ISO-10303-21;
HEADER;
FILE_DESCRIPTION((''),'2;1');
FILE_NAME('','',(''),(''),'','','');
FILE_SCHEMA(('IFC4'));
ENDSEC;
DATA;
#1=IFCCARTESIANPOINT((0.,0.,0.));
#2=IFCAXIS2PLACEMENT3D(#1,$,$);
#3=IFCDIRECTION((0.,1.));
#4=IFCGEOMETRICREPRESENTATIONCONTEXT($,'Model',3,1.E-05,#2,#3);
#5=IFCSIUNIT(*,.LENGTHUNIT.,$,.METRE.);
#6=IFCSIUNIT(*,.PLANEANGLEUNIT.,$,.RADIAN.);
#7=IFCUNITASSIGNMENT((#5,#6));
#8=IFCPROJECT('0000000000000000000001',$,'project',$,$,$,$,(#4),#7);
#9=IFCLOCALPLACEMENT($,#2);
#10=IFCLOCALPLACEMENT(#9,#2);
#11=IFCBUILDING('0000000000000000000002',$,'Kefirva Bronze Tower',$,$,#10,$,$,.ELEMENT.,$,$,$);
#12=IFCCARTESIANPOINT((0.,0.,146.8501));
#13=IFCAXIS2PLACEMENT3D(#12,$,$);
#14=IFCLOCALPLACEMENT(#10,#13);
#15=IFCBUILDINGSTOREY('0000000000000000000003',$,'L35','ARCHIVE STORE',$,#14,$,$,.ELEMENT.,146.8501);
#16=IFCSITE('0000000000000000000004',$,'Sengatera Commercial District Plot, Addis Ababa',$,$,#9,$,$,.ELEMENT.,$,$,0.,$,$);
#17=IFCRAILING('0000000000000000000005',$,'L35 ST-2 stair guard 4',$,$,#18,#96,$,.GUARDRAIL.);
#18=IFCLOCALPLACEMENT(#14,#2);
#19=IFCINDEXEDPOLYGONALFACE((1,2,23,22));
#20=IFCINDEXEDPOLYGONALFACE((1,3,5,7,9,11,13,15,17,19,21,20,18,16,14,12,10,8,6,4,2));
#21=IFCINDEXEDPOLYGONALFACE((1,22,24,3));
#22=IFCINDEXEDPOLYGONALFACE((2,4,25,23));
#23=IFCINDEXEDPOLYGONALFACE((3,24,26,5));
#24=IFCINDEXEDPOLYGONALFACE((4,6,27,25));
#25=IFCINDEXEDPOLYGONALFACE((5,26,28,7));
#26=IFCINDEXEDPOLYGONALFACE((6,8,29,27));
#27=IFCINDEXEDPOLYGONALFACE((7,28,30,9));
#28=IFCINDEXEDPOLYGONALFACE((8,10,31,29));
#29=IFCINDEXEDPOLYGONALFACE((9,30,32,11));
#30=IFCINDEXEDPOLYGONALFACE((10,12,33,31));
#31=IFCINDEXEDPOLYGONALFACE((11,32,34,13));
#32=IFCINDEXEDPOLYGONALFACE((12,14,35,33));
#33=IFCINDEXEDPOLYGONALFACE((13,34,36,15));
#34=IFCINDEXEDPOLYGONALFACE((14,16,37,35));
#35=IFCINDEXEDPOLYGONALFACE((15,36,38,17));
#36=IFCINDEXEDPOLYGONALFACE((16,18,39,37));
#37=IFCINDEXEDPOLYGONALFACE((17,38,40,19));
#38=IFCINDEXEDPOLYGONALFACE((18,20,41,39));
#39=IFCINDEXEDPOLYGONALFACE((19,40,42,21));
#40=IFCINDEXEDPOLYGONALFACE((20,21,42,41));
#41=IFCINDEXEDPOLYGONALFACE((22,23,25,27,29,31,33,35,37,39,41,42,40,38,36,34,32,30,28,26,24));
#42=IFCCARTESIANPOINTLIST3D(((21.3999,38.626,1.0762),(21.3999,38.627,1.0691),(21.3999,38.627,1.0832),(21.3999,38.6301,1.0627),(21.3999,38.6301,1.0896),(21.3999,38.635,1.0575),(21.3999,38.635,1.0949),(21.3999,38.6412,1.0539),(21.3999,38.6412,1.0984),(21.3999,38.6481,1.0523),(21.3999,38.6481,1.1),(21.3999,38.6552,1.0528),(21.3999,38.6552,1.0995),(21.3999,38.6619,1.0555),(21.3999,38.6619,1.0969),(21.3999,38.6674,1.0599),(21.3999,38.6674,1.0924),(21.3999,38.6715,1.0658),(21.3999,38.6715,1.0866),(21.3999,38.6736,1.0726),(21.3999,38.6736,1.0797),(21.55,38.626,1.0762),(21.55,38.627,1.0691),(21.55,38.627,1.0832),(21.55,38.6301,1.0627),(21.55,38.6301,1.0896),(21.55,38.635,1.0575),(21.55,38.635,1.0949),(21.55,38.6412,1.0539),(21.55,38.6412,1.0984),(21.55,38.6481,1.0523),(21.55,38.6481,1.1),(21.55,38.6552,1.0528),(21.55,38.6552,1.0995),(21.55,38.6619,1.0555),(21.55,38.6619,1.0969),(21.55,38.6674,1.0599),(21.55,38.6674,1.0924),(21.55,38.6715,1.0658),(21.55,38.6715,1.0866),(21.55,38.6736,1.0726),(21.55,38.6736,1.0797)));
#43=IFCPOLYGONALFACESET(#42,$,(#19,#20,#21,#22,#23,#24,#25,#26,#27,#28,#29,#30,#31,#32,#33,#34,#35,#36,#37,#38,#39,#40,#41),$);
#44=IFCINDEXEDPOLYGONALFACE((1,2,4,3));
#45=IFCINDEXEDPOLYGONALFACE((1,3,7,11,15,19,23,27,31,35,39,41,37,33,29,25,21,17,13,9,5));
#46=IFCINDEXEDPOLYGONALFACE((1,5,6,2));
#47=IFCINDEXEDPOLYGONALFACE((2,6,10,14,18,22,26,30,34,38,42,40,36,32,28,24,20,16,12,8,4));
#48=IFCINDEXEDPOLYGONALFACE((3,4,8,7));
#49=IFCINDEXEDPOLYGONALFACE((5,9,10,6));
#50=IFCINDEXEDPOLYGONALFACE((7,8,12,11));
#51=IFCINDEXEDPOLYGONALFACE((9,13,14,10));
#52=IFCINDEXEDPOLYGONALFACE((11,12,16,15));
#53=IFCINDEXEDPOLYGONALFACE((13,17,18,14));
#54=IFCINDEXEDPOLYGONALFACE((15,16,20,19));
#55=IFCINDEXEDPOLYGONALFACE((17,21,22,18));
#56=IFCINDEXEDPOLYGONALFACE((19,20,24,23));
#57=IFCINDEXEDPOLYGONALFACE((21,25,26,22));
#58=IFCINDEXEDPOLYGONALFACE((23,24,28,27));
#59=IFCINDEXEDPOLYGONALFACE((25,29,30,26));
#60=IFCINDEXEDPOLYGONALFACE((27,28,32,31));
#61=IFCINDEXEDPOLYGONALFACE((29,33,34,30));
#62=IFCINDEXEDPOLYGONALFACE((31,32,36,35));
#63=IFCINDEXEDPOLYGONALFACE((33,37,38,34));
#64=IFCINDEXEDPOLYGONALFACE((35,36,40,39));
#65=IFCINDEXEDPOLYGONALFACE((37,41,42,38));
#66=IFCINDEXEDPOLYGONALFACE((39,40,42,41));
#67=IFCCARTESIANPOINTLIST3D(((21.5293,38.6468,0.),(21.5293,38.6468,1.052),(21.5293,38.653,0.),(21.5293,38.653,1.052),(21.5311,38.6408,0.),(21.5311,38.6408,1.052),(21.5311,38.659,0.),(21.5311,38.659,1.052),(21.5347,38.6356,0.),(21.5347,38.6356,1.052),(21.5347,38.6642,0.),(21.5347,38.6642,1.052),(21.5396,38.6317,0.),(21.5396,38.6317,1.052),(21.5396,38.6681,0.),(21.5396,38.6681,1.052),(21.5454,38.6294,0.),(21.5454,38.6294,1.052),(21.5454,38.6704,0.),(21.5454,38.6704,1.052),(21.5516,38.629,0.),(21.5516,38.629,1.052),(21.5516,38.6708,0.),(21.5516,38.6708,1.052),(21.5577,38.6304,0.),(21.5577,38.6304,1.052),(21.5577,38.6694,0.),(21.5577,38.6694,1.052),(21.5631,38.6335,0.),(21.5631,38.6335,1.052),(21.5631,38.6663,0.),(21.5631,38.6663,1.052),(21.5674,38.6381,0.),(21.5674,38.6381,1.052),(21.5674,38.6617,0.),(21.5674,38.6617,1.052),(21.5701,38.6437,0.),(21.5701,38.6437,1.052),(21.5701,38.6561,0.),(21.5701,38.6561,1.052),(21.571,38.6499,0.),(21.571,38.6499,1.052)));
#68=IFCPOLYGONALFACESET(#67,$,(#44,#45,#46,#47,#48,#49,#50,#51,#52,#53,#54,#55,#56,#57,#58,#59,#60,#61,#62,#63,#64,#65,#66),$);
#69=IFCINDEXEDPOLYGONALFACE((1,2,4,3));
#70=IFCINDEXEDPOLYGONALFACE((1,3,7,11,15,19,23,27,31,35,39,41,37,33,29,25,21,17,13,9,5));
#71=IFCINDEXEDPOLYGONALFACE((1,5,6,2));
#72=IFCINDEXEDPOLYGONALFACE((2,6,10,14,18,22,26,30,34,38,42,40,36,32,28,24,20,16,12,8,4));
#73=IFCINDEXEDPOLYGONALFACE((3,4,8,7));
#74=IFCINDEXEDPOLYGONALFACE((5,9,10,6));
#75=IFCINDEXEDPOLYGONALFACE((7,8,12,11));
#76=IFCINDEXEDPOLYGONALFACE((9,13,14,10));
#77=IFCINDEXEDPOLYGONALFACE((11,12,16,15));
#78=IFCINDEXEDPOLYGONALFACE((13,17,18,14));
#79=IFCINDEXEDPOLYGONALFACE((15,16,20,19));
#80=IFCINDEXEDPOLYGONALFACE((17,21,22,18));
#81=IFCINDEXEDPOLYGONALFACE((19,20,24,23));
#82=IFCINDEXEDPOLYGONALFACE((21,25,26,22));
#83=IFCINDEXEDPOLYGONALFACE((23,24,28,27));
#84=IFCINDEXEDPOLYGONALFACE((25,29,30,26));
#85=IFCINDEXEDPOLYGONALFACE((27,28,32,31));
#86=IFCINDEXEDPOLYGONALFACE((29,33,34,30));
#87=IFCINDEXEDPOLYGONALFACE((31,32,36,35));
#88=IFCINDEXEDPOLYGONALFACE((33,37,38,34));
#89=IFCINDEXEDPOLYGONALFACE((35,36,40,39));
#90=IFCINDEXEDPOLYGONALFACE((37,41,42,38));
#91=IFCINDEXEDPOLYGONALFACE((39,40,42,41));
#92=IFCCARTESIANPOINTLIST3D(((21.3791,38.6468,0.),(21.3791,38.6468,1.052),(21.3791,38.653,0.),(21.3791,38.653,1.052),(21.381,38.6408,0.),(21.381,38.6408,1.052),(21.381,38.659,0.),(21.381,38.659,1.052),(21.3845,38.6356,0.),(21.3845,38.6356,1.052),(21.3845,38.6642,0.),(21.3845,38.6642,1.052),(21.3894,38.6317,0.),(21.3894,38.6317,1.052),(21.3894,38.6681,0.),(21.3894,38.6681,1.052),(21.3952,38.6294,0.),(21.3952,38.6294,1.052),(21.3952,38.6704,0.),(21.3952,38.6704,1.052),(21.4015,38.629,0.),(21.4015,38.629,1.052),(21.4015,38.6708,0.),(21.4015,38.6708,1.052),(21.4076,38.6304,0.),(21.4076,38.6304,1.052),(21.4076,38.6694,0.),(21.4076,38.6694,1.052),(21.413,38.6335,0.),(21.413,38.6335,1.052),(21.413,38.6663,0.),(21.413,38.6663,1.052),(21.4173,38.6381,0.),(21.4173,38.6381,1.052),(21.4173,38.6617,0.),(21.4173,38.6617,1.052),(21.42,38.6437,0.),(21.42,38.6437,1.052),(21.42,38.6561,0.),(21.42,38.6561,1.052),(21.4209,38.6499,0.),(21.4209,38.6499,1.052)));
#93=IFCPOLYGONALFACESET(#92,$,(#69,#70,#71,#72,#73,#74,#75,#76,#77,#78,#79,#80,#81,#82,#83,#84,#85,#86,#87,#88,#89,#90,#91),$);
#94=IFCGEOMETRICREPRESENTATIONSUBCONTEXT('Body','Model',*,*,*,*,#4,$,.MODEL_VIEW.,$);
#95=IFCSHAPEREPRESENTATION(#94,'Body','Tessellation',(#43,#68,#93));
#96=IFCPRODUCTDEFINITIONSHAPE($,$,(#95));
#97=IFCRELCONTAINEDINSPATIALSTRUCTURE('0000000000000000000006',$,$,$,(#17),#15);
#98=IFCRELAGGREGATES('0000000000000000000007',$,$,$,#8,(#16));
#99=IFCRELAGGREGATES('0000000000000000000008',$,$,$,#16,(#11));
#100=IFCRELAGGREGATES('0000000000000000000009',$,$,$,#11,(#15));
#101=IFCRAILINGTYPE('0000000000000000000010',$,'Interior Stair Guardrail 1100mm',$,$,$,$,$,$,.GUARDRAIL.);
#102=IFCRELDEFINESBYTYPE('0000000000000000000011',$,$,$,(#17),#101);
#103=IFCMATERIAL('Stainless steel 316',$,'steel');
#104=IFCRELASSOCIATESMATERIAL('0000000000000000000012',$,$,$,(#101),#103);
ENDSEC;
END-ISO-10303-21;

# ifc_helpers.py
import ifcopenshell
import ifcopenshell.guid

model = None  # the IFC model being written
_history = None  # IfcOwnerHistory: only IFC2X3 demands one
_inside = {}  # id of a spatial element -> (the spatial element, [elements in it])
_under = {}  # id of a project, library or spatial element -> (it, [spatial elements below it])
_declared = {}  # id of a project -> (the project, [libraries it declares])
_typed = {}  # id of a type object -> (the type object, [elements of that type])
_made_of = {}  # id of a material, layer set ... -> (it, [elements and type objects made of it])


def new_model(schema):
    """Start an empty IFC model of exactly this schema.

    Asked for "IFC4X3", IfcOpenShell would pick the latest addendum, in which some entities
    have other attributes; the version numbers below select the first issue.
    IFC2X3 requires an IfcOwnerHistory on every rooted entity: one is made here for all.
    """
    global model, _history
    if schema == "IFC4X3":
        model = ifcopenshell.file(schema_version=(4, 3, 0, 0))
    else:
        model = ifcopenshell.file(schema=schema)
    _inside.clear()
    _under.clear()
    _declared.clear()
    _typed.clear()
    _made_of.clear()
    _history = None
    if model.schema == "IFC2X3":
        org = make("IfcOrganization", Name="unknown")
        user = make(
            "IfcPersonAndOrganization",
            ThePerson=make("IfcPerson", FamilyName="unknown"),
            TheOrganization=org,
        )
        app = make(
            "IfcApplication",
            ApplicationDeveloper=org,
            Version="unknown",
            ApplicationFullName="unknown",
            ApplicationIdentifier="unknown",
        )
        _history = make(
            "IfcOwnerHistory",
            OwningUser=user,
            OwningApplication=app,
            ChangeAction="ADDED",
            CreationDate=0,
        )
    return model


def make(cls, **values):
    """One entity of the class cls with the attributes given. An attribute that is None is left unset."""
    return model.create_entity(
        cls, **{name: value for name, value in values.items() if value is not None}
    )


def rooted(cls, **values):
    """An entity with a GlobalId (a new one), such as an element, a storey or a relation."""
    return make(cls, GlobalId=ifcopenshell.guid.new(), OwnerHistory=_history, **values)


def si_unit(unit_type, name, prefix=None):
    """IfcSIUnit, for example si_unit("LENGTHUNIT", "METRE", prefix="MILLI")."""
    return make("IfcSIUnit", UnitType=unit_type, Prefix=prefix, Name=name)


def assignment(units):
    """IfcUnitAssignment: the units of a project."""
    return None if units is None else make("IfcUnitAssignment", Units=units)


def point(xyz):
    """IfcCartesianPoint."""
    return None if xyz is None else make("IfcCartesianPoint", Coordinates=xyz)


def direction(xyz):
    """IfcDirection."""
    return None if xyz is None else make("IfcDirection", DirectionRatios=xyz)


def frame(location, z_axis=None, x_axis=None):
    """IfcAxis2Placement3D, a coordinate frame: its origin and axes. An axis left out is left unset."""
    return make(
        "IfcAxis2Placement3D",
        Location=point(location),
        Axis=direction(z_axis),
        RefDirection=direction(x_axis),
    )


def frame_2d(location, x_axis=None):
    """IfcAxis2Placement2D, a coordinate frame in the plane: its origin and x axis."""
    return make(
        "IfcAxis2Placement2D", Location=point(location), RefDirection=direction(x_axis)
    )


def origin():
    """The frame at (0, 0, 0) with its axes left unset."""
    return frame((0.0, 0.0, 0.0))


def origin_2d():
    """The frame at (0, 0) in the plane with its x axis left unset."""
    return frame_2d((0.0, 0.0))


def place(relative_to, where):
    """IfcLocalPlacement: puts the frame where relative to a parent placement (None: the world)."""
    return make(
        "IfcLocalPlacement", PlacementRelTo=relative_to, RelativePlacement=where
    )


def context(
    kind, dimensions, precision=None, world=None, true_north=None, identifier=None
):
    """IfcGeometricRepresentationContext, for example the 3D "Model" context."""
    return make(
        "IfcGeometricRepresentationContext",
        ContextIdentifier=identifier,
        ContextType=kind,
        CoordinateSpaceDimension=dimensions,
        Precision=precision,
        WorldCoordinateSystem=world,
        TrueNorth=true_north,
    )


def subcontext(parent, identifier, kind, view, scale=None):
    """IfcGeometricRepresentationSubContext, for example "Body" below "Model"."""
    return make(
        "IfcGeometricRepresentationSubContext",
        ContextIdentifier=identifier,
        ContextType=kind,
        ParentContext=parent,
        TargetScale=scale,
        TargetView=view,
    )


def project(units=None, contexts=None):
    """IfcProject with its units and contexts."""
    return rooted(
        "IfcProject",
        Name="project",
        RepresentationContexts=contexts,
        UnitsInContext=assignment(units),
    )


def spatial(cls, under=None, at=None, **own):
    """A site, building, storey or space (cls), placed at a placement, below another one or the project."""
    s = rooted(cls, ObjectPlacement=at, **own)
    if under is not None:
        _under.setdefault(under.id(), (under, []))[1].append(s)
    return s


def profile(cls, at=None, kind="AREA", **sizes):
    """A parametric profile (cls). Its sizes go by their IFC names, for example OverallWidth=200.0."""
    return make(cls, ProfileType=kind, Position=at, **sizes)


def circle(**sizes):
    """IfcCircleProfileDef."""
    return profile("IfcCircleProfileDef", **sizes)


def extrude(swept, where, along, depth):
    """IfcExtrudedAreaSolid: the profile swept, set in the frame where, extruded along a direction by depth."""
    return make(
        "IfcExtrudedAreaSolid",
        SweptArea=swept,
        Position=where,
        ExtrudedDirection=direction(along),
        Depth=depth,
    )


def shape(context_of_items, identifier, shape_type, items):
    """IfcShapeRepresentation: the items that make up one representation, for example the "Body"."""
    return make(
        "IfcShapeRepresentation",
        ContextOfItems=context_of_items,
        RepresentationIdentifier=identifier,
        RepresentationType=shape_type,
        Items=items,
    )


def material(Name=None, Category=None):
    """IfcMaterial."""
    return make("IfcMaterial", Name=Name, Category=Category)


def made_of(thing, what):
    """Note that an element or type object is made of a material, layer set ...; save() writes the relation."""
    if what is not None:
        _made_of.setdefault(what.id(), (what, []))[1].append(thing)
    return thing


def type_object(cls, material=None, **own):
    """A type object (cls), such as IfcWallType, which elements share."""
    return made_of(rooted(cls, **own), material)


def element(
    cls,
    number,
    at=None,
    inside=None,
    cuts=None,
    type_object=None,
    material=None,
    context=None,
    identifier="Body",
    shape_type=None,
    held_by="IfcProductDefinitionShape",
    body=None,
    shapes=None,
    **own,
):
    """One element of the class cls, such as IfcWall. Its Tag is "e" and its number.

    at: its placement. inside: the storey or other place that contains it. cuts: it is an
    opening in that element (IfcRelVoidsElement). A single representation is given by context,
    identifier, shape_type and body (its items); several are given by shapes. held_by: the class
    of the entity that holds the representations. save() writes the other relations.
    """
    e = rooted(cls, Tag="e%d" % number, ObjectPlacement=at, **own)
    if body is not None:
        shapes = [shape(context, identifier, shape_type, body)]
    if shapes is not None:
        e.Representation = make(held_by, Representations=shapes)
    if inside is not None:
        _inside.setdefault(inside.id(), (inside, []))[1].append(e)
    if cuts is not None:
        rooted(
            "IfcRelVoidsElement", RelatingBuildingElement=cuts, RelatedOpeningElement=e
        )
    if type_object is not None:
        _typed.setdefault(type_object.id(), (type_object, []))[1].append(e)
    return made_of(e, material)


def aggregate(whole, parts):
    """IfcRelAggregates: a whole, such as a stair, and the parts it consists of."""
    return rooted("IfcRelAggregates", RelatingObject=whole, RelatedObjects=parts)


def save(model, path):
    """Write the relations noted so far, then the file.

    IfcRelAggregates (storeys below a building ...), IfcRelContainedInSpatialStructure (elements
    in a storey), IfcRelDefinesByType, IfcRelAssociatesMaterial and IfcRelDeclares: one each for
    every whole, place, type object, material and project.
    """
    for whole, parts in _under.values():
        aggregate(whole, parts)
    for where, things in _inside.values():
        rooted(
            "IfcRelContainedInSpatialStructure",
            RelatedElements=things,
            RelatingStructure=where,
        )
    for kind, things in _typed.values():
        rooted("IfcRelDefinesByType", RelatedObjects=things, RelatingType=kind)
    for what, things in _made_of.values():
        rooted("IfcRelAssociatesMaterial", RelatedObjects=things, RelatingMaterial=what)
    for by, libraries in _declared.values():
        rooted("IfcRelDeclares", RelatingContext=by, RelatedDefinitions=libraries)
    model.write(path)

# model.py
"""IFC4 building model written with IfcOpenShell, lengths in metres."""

from ifc_helpers import new_model, si_unit, direction, frame, origin, origin_2d, place, context, subcontext, project, spatial, circle, extrude, material, type_object, element, save


model = new_model("IFC4")

# Units and contexts
model_context = context("Model", 3, precision=1e-05, world=origin(), true_north=direction((0.0, 1.0)))
body_context = subcontext(model_context, "Body", "Model", "MODEL_VIEW")
ifc_project = project(units=[si_unit("LENGTHUNIT", "METRE"), si_unit("PLANEANGLEUNIT", "RADIAN")], contexts=[model_context])

# Site, building, storey
site_placement = place(None, origin())
site = spatial("IfcSite", under=ifc_project, at=site_placement, Name="Sengatera Commercial District Plot, Addis Ababa", CompositionType="ELEMENT", RefElevation=0.0)
building_placement = place(site_placement, origin())
building = spatial("IfcBuilding", under=site, at=building_placement, Name="Kefirva Bronze Tower", CompositionType="ELEMENT")
storey_placement = place(building_placement, frame((0.0, 0.0, 146.8501)))
storey = spatial("IfcBuildingStorey", under=building, at=storey_placement, Name="L35", Description="ARCHIVE STORE", CompositionType="ELEMENT", Elevation=146.8501)

# Railing
ifc_material_1 = material(Name="Stainless steel 316", Category="steel")
railing_type = type_object("IfcRailingType", Name="Interior Stair Guardrail 1100mm", PredefinedType="GUARDRAIL", material=ifc_material_1)
railing_placement = place(storey_placement, frame((21.55, 38.6499, 0.0)))
element("IfcRailing", 1, at=railing_placement, inside=storey, type_object=railing_type, Name="L35 ST-2 stair guard 4", PredefinedType="GUARDRAIL", context=body_context, shape_type="SweptSolid", body=[
    extrude(circle(Radius=0.0239, at=origin_2d()), frame((0.0, 0.0, 1.0762), z_axis=(-1.0, 0.0, 0.0), x_axis=(0.0, -1.0, 0.0)), (0.0, 0.0, 1.0), 0.1501),
    extrude(circle(Radius=0.021, at=origin_2d()), origin(), (0.0, 0.0, 1.0), 1.052),
    extrude(circle(Radius=0.021, at=origin_2d()), frame((-0.1501, 0.0, 0.0)), (0.0, 0.0, 1.0), 1.052),
])

save(model, "model.ifc")
